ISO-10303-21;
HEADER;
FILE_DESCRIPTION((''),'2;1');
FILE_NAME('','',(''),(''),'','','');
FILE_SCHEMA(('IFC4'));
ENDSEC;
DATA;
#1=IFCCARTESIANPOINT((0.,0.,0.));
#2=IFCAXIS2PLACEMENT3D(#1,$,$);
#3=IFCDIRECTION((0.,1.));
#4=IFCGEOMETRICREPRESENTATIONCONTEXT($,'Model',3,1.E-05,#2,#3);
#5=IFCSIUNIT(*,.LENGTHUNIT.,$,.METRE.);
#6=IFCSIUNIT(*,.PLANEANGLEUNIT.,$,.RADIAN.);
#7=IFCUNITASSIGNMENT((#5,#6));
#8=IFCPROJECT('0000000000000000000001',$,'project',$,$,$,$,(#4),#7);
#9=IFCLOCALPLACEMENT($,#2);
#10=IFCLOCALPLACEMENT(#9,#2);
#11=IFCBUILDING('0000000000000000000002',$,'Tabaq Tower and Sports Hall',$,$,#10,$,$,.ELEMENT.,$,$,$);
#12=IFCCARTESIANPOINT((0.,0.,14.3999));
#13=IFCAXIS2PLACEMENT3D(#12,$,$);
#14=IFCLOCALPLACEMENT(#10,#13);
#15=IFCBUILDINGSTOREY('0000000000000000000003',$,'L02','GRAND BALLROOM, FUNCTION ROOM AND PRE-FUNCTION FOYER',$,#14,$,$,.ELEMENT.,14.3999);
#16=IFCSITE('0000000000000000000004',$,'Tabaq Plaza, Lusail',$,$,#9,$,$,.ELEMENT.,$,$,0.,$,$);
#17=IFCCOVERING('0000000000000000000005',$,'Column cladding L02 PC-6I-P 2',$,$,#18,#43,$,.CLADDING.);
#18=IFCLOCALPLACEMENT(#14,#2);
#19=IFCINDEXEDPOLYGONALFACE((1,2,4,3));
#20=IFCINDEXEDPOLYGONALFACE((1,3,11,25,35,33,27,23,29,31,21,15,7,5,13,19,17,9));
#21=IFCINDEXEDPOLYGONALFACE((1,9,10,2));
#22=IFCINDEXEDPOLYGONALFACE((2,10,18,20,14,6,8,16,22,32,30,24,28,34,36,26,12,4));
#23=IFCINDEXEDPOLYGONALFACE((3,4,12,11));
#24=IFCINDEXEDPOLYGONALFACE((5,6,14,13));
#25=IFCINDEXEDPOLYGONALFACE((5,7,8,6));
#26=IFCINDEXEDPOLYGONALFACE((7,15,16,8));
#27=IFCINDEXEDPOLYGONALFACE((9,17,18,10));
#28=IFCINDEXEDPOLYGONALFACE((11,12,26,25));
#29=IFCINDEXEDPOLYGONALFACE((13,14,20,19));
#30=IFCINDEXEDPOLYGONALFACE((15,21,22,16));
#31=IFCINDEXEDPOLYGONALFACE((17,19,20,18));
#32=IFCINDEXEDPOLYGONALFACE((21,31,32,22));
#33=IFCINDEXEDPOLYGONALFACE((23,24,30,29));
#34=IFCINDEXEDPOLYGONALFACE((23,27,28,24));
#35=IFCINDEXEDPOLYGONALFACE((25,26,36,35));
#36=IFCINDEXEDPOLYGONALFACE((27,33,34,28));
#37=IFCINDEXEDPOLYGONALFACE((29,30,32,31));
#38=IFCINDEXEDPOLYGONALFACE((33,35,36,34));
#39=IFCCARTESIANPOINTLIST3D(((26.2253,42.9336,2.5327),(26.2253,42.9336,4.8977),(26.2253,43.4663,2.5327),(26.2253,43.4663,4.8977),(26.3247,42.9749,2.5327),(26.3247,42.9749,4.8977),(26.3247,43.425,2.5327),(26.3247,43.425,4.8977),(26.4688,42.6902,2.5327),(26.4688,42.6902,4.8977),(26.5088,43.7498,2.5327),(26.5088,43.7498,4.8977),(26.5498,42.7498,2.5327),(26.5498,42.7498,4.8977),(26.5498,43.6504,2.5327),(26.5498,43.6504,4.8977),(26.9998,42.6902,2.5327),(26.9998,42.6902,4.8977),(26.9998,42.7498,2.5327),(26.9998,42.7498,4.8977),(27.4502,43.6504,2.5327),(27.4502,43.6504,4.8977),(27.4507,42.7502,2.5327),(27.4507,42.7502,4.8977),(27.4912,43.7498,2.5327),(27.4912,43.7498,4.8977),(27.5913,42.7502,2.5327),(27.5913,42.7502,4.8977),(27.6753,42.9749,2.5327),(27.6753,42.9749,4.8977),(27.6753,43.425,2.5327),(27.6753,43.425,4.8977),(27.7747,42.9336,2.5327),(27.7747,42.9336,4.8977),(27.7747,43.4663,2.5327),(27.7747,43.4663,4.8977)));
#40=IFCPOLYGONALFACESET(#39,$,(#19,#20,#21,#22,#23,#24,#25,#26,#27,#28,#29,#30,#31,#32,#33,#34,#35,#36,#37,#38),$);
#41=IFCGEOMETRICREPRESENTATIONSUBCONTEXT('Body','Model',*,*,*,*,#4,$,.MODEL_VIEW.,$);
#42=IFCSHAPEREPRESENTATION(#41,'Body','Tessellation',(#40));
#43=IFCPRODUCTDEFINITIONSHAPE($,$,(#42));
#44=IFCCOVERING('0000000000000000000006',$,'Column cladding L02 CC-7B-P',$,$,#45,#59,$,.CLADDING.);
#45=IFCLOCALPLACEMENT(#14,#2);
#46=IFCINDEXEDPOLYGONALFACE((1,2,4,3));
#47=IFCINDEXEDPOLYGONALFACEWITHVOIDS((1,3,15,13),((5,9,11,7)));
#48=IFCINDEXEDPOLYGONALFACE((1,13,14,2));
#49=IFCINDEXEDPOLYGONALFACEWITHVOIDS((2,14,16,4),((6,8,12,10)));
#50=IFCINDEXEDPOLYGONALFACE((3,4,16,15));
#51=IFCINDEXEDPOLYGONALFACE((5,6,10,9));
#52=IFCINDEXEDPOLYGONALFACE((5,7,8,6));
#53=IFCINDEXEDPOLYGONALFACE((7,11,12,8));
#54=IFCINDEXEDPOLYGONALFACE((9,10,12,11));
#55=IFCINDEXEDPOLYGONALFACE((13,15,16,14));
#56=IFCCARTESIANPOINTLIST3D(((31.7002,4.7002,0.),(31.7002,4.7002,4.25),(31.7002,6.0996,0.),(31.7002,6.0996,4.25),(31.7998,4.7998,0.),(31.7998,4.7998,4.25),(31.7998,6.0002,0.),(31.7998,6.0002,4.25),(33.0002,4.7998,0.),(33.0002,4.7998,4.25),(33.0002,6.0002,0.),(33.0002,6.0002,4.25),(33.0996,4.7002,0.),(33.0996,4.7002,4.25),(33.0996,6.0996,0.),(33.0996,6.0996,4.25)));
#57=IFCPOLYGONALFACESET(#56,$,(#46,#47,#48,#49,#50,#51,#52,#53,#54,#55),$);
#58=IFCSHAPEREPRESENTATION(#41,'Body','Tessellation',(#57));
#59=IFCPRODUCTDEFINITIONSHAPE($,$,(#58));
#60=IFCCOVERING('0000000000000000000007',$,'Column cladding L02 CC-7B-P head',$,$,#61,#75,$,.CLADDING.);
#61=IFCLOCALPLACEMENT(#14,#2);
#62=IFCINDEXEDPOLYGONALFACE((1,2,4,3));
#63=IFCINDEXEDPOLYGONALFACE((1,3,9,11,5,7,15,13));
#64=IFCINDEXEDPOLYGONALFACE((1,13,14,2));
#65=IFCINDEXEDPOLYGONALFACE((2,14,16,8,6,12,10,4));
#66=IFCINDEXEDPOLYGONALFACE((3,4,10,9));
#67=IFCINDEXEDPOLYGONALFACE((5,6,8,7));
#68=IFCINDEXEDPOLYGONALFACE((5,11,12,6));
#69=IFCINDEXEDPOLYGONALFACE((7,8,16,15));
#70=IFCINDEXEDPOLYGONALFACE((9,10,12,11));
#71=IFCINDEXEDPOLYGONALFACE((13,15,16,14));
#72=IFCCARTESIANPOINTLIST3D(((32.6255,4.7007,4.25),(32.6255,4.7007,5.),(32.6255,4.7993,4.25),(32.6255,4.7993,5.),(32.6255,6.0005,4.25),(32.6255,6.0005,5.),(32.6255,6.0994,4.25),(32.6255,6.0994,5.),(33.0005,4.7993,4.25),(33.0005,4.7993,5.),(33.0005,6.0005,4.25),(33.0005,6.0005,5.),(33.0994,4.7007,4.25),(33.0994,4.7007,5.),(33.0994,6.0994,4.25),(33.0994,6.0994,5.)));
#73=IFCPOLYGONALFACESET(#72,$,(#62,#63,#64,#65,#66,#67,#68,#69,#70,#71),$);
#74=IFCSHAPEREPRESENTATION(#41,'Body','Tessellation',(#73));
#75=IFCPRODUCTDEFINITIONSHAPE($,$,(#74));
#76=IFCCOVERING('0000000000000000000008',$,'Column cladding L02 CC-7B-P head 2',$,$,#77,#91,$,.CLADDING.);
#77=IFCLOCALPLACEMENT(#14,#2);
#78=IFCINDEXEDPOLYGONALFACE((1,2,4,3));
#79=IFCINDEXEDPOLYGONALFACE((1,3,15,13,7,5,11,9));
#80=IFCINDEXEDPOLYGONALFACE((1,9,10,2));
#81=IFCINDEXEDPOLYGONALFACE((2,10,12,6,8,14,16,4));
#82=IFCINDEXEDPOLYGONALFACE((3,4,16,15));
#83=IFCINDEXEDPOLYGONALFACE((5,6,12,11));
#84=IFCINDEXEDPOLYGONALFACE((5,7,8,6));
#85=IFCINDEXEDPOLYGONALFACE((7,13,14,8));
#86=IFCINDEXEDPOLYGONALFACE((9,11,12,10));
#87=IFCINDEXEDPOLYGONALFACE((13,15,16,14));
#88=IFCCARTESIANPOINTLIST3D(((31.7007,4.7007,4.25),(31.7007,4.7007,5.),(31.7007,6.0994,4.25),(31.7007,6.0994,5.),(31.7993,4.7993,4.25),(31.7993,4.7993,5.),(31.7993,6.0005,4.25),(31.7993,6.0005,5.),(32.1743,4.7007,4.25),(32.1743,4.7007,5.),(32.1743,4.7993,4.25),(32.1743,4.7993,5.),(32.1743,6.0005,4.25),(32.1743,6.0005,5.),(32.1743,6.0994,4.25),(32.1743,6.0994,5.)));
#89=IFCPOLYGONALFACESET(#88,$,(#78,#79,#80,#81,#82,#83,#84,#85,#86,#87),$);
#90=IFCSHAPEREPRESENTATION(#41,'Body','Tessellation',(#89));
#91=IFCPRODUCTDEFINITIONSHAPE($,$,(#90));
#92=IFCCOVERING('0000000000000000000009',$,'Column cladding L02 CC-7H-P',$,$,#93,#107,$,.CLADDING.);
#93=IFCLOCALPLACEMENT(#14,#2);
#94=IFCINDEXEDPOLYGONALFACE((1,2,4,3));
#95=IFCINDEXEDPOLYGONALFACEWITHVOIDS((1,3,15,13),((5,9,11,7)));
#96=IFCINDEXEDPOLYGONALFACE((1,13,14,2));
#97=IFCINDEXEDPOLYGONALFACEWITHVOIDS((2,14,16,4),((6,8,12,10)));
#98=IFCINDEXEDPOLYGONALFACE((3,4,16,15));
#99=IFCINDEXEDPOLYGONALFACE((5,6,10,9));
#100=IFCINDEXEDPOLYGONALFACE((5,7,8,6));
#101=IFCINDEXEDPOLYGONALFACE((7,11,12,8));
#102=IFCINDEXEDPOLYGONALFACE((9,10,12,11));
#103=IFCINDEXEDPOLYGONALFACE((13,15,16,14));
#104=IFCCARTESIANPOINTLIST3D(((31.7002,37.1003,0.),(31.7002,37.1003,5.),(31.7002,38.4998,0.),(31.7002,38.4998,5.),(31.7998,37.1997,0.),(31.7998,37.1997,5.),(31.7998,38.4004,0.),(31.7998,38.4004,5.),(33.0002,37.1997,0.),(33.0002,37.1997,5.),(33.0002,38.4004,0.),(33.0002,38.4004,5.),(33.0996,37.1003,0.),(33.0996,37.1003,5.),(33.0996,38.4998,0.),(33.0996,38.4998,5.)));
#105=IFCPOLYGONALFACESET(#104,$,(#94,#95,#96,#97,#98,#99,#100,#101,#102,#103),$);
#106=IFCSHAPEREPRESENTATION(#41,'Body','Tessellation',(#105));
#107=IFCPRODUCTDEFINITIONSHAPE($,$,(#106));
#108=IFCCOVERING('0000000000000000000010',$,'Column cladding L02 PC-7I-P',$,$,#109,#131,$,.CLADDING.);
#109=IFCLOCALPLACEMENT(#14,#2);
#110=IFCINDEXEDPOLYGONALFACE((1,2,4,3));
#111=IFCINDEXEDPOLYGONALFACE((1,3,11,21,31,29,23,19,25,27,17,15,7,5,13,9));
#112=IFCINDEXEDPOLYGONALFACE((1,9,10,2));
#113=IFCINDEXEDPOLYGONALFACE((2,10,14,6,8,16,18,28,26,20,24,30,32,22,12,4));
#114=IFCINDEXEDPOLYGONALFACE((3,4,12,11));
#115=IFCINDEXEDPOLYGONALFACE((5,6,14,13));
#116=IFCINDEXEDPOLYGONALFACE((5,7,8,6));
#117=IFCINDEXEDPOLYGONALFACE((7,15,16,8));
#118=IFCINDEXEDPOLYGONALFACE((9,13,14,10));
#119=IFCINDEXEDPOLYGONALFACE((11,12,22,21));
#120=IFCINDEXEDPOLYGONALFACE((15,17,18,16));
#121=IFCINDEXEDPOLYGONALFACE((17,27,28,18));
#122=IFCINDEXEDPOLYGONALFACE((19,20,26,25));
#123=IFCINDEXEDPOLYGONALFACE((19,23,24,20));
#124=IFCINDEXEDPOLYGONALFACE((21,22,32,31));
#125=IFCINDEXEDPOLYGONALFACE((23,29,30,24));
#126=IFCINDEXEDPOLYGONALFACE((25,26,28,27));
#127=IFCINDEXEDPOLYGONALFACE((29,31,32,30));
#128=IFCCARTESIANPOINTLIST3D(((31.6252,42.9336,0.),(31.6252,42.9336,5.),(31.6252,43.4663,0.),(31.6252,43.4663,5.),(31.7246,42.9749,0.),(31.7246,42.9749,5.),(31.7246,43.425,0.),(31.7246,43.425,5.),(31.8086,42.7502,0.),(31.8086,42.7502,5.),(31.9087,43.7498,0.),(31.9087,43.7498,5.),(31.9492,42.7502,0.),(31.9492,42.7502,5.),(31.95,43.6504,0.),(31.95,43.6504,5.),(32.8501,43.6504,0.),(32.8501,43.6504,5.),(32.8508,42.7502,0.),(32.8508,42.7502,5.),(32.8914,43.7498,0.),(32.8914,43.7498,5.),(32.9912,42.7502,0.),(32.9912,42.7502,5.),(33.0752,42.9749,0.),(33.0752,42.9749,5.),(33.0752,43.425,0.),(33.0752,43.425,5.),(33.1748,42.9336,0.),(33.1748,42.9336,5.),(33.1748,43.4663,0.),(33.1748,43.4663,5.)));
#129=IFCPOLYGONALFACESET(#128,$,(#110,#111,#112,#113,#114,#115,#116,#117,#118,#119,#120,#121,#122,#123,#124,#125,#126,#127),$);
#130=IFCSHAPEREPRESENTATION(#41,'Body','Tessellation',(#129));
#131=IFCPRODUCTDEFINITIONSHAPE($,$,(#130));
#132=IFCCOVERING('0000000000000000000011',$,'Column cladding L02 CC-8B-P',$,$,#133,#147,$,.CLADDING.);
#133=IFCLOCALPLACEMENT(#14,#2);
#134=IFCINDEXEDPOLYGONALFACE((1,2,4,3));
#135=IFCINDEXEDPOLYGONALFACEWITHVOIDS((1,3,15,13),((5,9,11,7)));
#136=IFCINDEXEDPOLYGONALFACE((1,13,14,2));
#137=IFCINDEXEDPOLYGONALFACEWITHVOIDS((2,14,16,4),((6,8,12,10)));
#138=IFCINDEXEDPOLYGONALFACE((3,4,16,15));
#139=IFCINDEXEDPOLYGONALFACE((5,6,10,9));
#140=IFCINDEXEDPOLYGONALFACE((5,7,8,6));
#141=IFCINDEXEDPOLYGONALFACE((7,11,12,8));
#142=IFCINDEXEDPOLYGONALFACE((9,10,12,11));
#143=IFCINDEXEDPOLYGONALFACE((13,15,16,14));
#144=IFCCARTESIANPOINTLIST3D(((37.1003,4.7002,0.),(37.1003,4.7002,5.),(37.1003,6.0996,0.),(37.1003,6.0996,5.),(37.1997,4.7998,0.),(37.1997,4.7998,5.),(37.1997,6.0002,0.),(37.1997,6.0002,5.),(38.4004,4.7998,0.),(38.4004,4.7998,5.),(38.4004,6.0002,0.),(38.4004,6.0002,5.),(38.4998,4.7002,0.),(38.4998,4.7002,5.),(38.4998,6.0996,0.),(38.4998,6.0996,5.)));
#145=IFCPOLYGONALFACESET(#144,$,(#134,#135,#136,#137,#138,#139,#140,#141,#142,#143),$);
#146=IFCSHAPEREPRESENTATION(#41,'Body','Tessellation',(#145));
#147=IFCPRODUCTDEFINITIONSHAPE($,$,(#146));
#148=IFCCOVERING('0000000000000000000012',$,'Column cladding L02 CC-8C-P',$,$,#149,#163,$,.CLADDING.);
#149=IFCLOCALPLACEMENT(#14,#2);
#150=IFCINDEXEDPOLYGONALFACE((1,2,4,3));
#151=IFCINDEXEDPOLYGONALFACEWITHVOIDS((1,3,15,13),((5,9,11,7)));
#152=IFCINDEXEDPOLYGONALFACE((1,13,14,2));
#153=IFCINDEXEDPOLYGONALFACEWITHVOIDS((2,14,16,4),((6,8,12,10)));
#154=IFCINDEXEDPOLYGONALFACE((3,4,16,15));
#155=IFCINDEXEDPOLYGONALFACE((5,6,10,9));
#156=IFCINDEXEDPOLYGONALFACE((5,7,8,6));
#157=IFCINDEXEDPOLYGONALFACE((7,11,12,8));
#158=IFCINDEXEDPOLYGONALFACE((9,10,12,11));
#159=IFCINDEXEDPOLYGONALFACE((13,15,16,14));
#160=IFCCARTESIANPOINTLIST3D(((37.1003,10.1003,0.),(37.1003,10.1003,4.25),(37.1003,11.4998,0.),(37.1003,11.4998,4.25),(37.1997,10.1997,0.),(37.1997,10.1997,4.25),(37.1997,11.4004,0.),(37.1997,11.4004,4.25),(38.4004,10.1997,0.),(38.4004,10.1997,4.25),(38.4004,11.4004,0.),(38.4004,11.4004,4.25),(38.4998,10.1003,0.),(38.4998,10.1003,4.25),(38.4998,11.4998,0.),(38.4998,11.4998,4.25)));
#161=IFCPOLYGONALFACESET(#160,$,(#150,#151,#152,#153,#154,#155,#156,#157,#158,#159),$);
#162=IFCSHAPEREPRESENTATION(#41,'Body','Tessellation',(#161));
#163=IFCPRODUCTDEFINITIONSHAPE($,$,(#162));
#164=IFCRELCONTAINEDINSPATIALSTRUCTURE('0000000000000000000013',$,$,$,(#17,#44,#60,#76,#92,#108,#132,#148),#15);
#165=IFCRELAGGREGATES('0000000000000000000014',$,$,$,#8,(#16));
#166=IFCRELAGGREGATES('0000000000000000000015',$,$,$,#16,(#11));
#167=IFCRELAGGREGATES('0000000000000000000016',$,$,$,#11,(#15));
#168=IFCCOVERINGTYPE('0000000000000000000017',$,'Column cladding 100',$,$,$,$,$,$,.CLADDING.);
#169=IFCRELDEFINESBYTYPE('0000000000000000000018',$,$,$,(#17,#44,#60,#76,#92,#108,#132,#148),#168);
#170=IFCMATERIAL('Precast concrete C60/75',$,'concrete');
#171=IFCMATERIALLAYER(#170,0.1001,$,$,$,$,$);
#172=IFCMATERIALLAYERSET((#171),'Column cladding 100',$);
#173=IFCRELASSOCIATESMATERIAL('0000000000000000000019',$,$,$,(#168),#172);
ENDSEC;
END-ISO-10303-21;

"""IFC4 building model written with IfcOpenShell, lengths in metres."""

from ifc_helpers import new_model, si_unit, direction, frame, origin, place, context, subcontext, project, spatial, polyline, outline, extrude, material, layer, layer_set, type_object, element, save


model = new_model("IFC4")

# Units and contexts
model_context = context("Model", 3, precision=1e-05, world=origin(), true_north=direction((0.0, 1.0)))
body_context = subcontext(model_context, "Body", "Model", "MODEL_VIEW")
ifc_project = project(units=[si_unit("LENGTHUNIT", "METRE"), si_unit("PLANEANGLEUNIT", "RADIAN")], contexts=[model_context])

# Site, building, storey
site_placement = place(None, origin())
site = spatial("IfcSite", under=ifc_project, at=site_placement, Name="Tabaq Plaza, Lusail", CompositionType="ELEMENT", RefElevation=0.0)
building_placement = place(site_placement, origin())
building = spatial("IfcBuilding", under=site, at=building_placement, Name="Tabaq Tower and Sports Hall", CompositionType="ELEMENT")
storey_placement = place(building_placement, frame((0.0, 0.0, 14.3999)))
storey = spatial("IfcBuildingStorey", under=building, at=storey_placement, Name="L02", Description="GRAND BALLROOM, FUNCTION ROOM AND PRE-FUNCTION FOYER", CompositionType="ELEMENT", Elevation=14.3999)

# Coverings
ifc_material = material(Name="Precast concrete C60/75", Category="concrete")
ifc_layer = layer(ifc_material, 0.1001)
ifc_layer_set = layer_set([ifc_layer], Name="Column cladding 100")
covering_type = type_object("IfcCoveringType", Name="Column cladding 100", PredefinedType="CLADDING", material=ifc_layer_set)
for number, where, name in (
    (1, (0.0, 0.0, 2.5327), "Column cladding L02 PC-6I-P 2"),
):
    element("IfcCovering", number, at=place(storey_placement, frame(where)), inside=storey, type_object=covering_type, Name=name, PredefinedType="CLADDING", context=body_context, shape_type="SweptSolid", body=[
        extrude(outline(polyline([(26.2253, 43.4663), (26.5088, 43.7498), (27.4912, 43.7498), (27.7747, 43.4663), (27.7747, 42.9336), (27.5913, 42.7502), (27.4507, 42.7502), (27.6753, 42.9749), (27.6753, 43.425), (27.4502, 43.6504), (26.5498, 43.6504), (26.3247, 43.425), (26.3247, 42.9749), (26.5498, 42.7498), (26.9998, 42.7498), (26.9998, 42.6902), (26.4688, 42.6902), (26.2253, 42.9336), (26.2253, 43.4663)])), origin(), (0.0, 0.0, 1.0), 2.365),
    ])
covering_1_placement = place(storey_placement, origin())
element("IfcCovering", 2, at=covering_1_placement, inside=storey, type_object=covering_type, Name="Column cladding L02 CC-7B-P", PredefinedType="CLADDING", context=body_context, shape_type="SweptSolid", body=[
    extrude(outline(polyline([(31.7002, 6.0996), (33.0996, 6.0996), (33.0996, 4.7002), (31.7002, 4.7002), (31.7002, 6.0996)]), holes=[polyline([(33.0002, 4.7998), (33.0002, 6.0002), (31.7998, 6.0002), (31.7998, 4.7998), (33.0002, 4.7998)])]), origin(), (0.0, 0.0, 1.0), 4.25),
])
covering_2_placement = place(storey_placement, frame((0.0, 0.0, 4.25)))
element("IfcCovering", 3, at=covering_2_placement, inside=storey, type_object=covering_type, Name="Column cladding L02 CC-7B-P head", PredefinedType="CLADDING", context=body_context, shape_type="SweptSolid", body=[
    extrude(outline(polyline([(32.6255, 4.7993), (33.0005, 4.7993), (33.0005, 6.0005), (32.6255, 6.0005), (32.6255, 6.0994), (33.0994, 6.0994), (33.0994, 4.7007), (32.6255, 4.7007), (32.6255, 4.7993)])), origin(), (0.0, 0.0, 1.0), 0.75),
])
covering_3_placement = place(storey_placement, frame((0.0, 0.0, 4.25)))
element("IfcCovering", 4, at=covering_3_placement, inside=storey, type_object=covering_type, Name="Column cladding L02 CC-7B-P head 2", PredefinedType="CLADDING", context=body_context, shape_type="SweptSolid", body=[
    extrude(outline(polyline([(32.1743, 4.7993), (32.1743, 4.7007), (31.7007, 4.7007), (31.7007, 6.0994), (32.1743, 6.0994), (32.1743, 6.0005), (31.7993, 6.0005), (31.7993, 4.7993), (32.1743, 4.7993)])), origin(), (0.0, 0.0, 1.0), 0.75),
])
covering_4_placement = place(storey_placement, origin())
element("IfcCovering", 5, at=covering_4_placement, inside=storey, type_object=covering_type, Name="Column cladding L02 CC-7H-P", PredefinedType="CLADDING", context=body_context, shape_type="SweptSolid", body=[
    extrude(outline(polyline([(31.7002, 38.4998), (33.0996, 38.4998), (33.0996, 37.1003), (31.7002, 37.1003), (31.7002, 38.4998)]), holes=[polyline([(33.0002, 37.1997), (33.0002, 38.4004), (31.7998, 38.4004), (31.7998, 37.1997), (33.0002, 37.1997)])]), origin(), (0.0, 0.0, 1.0), 5.0),
])
covering_5_placement = place(storey_placement, origin())
element("IfcCovering", 6, at=covering_5_placement, inside=storey, type_object=covering_type, Name="Column cladding L02 PC-7I-P", PredefinedType="CLADDING", context=body_context, shape_type="SweptSolid", body=[
    extrude(outline(polyline([(31.6252, 43.4663), (31.9087, 43.7498), (32.8914, 43.7498), (33.1748, 43.4663), (33.1748, 42.9336), (32.9912, 42.7502), (32.8508, 42.7502), (33.0752, 42.9749), (33.0752, 43.425), (32.8501, 43.6504), (31.95, 43.6504), (31.7246, 43.425), (31.7246, 42.9749), (31.9492, 42.7502), (31.8086, 42.7502), (31.6252, 42.9336), (31.6252, 43.4663)])), origin(), (0.0, 0.0, 1.0), 5.0),
])
covering_6_placement = place(storey_placement, origin())
element("IfcCovering", 7, at=covering_6_placement, inside=storey, type_object=covering_type, Name="Column cladding L02 CC-8B-P", PredefinedType="CLADDING", context=body_context, shape_type="SweptSolid", body=[
    extrude(outline(polyline([(37.1003, 6.0996), (38.4998, 6.0996), (38.4998, 4.7002), (37.1003, 4.7002), (37.1003, 6.0996)]), holes=[polyline([(38.4004, 4.7998), (38.4004, 6.0002), (37.1997, 6.0002), (37.1997, 4.7998), (38.4004, 4.7998)])]), origin(), (0.0, 0.0, 1.0), 5.0),
])
covering_7_placement = place(storey_placement, origin())
element("IfcCovering", 8, at=covering_7_placement, inside=storey, type_object=covering_type, Name="Column cladding L02 CC-8C-P", PredefinedType="CLADDING", context=body_context, shape_type="SweptSolid", body=[
    extrude(outline(polyline([(37.1003, 11.4998), (38.4998, 11.4998), (38.4998, 10.1003), (37.1003, 10.1003), (37.1003, 11.4998)]), holes=[polyline([(38.4004, 10.1997), (38.4004, 11.4004), (37.1997, 11.4004), (37.1997, 10.1997), (38.4004, 10.1997)])]), origin(), (0.0, 0.0, 1.0), 4.25),
])

save(model, "model.ifc")
